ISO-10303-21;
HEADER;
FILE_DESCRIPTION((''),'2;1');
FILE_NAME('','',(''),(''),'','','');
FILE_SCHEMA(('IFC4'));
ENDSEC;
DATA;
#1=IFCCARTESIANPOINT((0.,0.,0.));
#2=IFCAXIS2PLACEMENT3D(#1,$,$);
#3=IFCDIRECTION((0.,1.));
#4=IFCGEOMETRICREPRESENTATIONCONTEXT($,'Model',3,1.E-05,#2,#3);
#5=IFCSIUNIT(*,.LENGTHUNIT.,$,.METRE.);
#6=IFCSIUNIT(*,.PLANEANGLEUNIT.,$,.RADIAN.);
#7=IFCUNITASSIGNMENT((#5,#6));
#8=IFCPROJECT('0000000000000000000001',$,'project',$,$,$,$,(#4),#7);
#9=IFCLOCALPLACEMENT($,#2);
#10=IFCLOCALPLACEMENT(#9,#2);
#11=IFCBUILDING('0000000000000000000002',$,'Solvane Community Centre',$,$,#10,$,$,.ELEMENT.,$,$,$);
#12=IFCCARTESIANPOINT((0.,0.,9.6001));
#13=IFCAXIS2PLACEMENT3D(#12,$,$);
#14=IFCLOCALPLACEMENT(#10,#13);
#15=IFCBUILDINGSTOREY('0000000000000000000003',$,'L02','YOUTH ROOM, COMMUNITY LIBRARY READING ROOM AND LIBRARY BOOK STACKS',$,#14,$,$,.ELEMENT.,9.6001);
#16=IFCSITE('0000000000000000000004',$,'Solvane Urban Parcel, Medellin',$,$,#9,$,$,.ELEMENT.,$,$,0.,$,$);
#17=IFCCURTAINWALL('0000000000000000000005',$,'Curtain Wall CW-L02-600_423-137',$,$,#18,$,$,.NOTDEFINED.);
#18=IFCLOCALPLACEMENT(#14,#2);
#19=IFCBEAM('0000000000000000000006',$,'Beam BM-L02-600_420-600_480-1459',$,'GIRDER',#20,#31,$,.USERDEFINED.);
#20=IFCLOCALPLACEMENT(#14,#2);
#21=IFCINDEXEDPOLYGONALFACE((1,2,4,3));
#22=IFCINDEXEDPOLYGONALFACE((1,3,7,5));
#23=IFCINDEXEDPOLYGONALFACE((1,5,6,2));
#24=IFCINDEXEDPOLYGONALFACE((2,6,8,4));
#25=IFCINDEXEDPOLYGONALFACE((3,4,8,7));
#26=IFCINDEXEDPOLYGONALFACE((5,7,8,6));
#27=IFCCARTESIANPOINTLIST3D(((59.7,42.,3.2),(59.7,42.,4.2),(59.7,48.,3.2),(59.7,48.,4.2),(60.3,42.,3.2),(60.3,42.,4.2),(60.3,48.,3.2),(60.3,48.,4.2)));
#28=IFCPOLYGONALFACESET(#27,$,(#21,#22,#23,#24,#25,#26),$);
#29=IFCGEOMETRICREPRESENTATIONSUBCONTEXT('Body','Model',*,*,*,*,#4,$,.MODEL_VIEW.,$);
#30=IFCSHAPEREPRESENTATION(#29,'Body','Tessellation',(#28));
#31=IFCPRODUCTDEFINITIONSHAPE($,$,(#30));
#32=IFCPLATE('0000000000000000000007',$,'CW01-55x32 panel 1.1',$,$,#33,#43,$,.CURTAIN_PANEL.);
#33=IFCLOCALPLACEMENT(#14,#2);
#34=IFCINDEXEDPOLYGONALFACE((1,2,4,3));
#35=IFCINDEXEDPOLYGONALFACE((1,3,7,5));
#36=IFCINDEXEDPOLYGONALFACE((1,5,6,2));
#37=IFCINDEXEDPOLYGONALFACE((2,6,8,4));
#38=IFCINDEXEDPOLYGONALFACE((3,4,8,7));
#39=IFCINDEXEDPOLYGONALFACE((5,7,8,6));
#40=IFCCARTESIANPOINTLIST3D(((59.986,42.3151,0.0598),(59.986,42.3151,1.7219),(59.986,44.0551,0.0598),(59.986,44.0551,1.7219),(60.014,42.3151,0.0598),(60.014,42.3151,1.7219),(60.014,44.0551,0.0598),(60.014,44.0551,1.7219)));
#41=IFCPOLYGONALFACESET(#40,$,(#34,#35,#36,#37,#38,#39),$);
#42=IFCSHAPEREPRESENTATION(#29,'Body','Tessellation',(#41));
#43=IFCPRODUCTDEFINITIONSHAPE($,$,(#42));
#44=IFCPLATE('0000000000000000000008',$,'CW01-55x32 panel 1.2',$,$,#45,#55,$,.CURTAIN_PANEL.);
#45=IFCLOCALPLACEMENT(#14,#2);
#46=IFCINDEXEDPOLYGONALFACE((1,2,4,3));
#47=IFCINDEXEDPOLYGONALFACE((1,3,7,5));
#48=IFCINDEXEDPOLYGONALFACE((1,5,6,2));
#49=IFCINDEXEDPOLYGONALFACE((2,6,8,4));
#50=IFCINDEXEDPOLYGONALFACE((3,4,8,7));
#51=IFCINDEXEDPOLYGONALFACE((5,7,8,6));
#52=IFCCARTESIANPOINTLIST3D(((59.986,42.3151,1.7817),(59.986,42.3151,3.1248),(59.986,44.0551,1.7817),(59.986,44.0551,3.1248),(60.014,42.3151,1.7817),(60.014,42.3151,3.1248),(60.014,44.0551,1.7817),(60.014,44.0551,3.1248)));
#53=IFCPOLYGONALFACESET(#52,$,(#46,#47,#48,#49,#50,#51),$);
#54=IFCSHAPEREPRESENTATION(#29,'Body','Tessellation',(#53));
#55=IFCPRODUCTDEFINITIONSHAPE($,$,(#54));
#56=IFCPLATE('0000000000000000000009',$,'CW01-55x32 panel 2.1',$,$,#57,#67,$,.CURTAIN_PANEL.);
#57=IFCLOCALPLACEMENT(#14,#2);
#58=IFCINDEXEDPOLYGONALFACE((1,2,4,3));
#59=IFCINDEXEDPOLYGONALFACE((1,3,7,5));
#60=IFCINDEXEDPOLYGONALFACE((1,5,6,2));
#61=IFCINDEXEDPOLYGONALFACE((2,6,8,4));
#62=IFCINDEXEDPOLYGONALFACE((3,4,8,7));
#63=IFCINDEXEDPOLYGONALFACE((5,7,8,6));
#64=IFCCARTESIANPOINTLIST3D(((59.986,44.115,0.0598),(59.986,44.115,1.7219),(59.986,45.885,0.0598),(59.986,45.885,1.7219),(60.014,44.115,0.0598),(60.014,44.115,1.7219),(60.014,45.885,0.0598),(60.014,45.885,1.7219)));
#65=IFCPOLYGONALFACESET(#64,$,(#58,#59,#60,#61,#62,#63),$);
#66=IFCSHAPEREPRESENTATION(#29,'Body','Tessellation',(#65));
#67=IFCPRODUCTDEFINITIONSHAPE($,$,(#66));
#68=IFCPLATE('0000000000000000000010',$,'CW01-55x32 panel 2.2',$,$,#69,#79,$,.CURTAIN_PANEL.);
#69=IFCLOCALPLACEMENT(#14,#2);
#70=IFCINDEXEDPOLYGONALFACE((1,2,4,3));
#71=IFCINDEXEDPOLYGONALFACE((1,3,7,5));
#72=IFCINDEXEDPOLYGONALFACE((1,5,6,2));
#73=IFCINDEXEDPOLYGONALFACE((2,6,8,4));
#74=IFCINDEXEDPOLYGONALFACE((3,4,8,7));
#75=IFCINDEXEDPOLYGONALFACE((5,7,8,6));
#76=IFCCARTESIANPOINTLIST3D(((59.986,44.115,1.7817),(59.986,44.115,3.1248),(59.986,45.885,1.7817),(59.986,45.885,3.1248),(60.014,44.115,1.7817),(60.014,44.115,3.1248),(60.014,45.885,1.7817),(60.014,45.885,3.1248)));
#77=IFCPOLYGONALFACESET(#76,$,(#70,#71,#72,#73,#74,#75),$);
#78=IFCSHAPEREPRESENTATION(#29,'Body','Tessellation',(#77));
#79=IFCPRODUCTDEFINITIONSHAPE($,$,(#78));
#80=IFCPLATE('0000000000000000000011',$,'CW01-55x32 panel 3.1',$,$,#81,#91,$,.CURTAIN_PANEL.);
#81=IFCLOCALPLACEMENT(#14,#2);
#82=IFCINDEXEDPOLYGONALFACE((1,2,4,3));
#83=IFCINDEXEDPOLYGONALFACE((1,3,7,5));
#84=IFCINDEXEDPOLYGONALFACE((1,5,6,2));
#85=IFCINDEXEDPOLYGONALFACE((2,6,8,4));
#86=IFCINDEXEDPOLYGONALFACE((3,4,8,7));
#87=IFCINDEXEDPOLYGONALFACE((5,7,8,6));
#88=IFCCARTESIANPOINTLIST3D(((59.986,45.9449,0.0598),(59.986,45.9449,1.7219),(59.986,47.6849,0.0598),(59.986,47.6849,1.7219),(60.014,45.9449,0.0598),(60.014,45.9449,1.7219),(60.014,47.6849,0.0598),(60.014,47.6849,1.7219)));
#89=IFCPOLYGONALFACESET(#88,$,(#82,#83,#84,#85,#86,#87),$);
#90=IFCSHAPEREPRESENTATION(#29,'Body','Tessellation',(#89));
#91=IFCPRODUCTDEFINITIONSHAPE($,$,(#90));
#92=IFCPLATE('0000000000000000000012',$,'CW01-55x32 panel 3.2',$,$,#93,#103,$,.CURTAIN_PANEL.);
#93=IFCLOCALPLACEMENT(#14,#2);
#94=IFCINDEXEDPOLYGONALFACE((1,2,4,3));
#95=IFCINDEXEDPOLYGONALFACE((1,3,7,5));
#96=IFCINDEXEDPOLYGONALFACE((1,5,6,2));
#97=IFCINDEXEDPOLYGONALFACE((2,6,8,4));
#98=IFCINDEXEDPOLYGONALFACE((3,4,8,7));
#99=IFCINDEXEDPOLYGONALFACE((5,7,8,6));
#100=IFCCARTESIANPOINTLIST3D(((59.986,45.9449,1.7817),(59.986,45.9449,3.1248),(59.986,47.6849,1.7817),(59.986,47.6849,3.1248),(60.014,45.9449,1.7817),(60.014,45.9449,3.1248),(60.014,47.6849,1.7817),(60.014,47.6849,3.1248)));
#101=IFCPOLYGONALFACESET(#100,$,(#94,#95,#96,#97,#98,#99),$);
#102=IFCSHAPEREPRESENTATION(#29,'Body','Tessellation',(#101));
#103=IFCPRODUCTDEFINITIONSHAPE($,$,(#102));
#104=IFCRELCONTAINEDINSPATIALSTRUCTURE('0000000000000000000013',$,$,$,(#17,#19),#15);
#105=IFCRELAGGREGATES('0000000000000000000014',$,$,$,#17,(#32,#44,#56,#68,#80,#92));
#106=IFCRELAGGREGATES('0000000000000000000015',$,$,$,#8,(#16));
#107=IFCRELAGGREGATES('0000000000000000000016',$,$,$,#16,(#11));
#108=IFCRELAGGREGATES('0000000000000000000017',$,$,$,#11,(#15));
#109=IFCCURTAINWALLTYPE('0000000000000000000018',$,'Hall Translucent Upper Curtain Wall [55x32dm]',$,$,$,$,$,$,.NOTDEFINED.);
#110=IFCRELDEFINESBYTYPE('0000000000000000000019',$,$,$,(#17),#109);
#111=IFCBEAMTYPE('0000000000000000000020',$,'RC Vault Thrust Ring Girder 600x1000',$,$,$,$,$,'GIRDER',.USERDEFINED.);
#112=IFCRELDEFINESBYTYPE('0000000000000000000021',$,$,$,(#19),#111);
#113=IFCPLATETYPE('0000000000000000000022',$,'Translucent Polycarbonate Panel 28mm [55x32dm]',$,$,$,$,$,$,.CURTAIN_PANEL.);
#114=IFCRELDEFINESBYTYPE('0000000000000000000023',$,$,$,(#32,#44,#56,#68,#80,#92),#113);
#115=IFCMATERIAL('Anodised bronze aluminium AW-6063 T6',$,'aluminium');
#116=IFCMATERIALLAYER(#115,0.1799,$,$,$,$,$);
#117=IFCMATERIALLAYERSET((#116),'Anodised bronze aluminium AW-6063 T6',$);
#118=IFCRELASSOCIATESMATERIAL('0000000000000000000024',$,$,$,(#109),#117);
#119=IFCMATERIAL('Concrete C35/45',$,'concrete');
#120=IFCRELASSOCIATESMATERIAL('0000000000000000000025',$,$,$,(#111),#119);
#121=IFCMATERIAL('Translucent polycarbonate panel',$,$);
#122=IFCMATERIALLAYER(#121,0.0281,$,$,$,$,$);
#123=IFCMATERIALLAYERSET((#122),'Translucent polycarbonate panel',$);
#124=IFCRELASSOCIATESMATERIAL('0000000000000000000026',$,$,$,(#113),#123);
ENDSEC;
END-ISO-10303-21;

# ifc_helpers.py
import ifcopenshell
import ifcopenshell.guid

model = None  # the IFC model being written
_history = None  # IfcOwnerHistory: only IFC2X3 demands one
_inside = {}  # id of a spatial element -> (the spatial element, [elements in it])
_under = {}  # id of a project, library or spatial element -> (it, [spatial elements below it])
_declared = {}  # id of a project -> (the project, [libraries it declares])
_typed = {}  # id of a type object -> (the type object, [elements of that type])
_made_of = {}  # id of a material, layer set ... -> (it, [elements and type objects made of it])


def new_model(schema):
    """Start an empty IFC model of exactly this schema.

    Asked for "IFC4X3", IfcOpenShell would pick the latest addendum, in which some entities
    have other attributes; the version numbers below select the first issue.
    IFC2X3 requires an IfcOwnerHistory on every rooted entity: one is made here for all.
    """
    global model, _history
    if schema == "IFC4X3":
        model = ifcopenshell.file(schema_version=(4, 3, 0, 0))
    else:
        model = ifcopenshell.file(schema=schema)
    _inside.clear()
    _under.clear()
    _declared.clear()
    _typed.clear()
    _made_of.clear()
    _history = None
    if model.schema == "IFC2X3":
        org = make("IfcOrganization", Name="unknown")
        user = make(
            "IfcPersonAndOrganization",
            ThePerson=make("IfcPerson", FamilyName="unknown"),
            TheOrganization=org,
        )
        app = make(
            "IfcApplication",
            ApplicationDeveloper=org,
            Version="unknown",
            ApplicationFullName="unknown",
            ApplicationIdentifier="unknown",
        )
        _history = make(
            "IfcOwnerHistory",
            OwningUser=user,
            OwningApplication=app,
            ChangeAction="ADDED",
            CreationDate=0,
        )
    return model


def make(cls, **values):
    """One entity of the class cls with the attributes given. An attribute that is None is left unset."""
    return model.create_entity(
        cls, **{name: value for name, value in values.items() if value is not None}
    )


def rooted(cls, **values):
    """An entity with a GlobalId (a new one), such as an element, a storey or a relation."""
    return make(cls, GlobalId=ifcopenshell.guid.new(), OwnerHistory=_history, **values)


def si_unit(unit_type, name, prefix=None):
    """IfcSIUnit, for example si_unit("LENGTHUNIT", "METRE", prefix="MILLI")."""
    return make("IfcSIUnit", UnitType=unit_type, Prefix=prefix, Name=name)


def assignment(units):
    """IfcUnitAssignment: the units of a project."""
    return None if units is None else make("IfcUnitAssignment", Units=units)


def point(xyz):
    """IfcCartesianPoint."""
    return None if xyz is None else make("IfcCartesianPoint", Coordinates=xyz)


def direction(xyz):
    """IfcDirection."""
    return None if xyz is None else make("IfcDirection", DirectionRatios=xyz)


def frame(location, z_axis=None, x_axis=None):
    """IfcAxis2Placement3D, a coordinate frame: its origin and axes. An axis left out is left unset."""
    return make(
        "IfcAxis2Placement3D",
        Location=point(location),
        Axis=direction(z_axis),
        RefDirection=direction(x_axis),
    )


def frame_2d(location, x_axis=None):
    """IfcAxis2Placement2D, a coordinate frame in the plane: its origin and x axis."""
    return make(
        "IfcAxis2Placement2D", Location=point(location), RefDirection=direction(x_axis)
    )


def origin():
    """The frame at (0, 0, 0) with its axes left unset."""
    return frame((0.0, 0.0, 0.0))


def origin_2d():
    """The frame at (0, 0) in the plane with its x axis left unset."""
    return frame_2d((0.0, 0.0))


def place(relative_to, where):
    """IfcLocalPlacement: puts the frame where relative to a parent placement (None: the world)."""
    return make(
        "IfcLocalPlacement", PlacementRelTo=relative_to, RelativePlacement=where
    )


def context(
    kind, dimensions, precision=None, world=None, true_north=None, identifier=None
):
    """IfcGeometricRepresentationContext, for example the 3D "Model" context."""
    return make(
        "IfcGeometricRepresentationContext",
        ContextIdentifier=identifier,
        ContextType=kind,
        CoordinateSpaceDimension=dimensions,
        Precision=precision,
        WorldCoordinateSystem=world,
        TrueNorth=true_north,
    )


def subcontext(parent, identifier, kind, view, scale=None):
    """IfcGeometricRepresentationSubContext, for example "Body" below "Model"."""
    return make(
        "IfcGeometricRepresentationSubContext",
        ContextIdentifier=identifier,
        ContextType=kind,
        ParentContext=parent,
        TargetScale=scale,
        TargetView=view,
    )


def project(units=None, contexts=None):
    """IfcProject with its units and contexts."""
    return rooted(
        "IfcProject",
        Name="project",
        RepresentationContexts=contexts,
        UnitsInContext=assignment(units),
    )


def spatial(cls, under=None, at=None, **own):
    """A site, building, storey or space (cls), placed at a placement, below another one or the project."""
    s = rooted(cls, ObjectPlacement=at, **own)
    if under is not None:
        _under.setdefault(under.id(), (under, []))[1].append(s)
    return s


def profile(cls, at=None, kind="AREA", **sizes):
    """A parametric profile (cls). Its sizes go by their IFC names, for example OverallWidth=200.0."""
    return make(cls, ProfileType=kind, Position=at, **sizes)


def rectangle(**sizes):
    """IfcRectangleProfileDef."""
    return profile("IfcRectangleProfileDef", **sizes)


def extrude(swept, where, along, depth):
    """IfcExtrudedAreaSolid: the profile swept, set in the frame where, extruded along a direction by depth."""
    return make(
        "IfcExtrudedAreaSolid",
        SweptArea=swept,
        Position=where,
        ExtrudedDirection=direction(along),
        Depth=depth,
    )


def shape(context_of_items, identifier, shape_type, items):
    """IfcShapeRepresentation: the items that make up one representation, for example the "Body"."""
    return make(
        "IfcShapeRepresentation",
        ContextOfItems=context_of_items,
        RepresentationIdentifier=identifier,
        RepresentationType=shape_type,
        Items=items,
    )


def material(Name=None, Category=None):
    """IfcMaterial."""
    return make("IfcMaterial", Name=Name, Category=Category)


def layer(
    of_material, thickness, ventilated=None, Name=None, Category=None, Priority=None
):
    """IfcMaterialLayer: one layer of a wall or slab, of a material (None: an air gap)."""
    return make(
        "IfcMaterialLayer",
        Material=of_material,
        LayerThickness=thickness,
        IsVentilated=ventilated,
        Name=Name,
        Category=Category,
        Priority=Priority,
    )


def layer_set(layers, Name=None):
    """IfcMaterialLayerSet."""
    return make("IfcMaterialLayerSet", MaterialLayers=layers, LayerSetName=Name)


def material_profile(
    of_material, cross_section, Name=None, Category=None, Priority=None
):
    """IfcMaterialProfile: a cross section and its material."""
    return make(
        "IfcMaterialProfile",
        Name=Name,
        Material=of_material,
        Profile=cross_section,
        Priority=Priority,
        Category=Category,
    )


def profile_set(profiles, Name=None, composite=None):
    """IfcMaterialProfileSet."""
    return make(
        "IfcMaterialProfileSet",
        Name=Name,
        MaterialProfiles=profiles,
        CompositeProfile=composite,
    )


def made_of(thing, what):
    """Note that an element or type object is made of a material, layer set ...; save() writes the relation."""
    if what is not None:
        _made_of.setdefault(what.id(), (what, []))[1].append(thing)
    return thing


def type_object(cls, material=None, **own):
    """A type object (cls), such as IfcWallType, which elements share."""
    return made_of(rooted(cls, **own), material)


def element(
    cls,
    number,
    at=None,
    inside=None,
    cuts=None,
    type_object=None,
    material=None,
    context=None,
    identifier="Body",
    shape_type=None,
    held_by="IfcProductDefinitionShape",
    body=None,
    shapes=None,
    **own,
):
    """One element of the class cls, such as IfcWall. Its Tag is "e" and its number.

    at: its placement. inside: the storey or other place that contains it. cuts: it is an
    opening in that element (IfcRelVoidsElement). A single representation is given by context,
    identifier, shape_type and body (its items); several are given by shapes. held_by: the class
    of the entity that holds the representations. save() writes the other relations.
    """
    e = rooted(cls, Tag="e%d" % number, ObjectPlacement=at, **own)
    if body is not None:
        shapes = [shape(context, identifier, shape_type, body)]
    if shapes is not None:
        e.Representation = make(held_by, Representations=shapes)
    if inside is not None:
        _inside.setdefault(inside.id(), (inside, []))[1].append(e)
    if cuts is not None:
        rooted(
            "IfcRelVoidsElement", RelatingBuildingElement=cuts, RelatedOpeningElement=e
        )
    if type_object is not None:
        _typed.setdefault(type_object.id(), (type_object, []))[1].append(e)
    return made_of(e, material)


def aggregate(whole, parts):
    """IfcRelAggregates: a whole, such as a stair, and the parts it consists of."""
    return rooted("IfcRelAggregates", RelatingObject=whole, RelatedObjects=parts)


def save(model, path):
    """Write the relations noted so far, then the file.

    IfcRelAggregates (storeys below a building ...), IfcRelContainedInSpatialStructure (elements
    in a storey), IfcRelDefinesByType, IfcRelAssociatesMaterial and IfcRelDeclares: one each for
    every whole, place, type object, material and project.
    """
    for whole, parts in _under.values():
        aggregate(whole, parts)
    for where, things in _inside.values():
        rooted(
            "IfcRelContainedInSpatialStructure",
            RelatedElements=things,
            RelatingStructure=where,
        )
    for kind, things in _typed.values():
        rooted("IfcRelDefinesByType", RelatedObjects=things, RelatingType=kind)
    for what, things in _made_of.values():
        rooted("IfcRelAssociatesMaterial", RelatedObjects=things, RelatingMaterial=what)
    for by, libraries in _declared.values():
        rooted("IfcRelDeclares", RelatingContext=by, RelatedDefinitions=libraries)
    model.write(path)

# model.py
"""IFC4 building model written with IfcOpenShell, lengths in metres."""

from ifc_helpers import new_model, si_unit, direction, frame, origin, origin_2d, place, context, subcontext, project, spatial, rectangle, extrude, material, layer, layer_set, material_profile, profile_set, type_object, element, aggregate, save


model = new_model("IFC4")

# Units and contexts
model_context = context("Model", 3, precision=1e-05, world=origin(), true_north=direction((0.0, 1.0)))
body_context = subcontext(model_context, "Body", "Model", "MODEL_VIEW")
ifc_project = project(units=[si_unit("LENGTHUNIT", "METRE"), si_unit("PLANEANGLEUNIT", "RADIAN")], contexts=[model_context])

# Site, building, storey
site_placement = place(None, origin())
site = spatial("IfcSite", under=ifc_project, at=site_placement, Name="Solvane Urban Parcel, Medellin", CompositionType="ELEMENT", RefElevation=0.0)
building_placement = place(site_placement, origin())
building = spatial("IfcBuilding", under=site, at=building_placement, Name="Solvane Community Centre", CompositionType="ELEMENT")
storey_placement = place(building_placement, frame((0.0, 0.0, 9.6001)))
storey = spatial("IfcBuildingStorey", under=building, at=storey_placement, Name="L02", Description="YOUTH ROOM, COMMUNITY LIBRARY READING ROOM AND LIBRARY BOOK STACKS", CompositionType="ELEMENT", Elevation=9.6001)

# Curtain wall
ifc_material_1 = material(Name="Anodised bronze aluminium AW-6063 T6", Category="aluminium")
ifc_layer_1 = layer(ifc_material_1, 0.1799)
ifc_layer_set_1 = layer_set([ifc_layer_1], Name="Anodised bronze aluminium AW-6063 T6")
curtain_wall_type = type_object("IfcCurtainWallType", Name="Hall Translucent Upper Curtain Wall [55x32dm]", PredefinedType="NOTDEFINED", material=ifc_layer_set_1)
curtain_wall_placement = place(storey_placement, origin())
curtain_wall = element("IfcCurtainWall", 1, at=curtain_wall_placement, inside=storey, type_object=curtain_wall_type, Name="Curtain Wall CW-L02-600_423-137", PredefinedType="NOTDEFINED")

# Beam
ifc_material_2 = material(Name="Concrete C35/45", Category="concrete")
ifc_material_profile_1 = material_profile(ifc_material_2, rectangle(XDim=0.6001, YDim=1.0, at=origin_2d()), Name="RC 600x1000")
ifc_profile_set_1 = profile_set([ifc_material_profile_1], Name="Concrete C35/45")
beam_type = type_object("IfcBeamType", Name="RC Vault Thrust Ring Girder 600x1000", ElementType="GIRDER", PredefinedType="USERDEFINED", material=ifc_profile_set_1)
beam_placement = place(storey_placement, frame((60.0, 42.0, 3.7), z_axis=(0.0, 1.0, 0.0), x_axis=(-1.0, 0.0, 0.0)))
element("IfcBeam", 2, at=beam_placement, inside=storey, type_object=beam_type, Name="Beam BM-L02-600_420-600_480-1459", ObjectType="GIRDER", PredefinedType="USERDEFINED", context=body_context, shape_type="SweptSolid", body=[
    extrude(rectangle(XDim=0.6001, YDim=1.0, at=origin_2d()), origin(), (0.0, 0.0, 1.0), 6.0),
])

# Plates
ifc_material_3 = material(Name="Translucent polycarbonate panel")
ifc_layer_2 = layer(ifc_material_3, 0.0281)
ifc_layer_set_2 = layer_set([ifc_layer_2], Name="Translucent polycarbonate panel")
plate_type = type_object("IfcPlateType", Name="Translucent Polycarbonate Panel 28mm [55x32dm]", PredefinedType="CURTAIN_PANEL", material=ifc_layer_set_2)
plate_1_placement = place(storey_placement, frame((60.0, 43.1851, 0.0598), z_axis=(0.0, 0.0, 1.0), x_axis=(0.0, 1.0, 0.0)))
plate_1 = element("IfcPlate", 3, at=plate_1_placement, type_object=plate_type, Name="CW01-55x32 panel 1.1", PredefinedType="CURTAIN_PANEL", context=body_context, shape_type="SweptSolid", body=[
    extrude(rectangle(XDim=1.74, YDim=0.0281, at=origin_2d()), origin(), (0.0, 0.0, 1.0), 1.6621),
])
plate_2_placement = place(storey_placement, frame((60.0, 43.1851, 1.7817), z_axis=(0.0, 0.0, 1.0), x_axis=(0.0, 1.0, 0.0)))
plate_2 = element("IfcPlate", 4, at=plate_2_placement, type_object=plate_type, Name="CW01-55x32 panel 1.2", PredefinedType="CURTAIN_PANEL", context=body_context, shape_type="SweptSolid", body=[
    extrude(rectangle(XDim=1.74, YDim=0.0281, at=origin_2d()), origin(), (0.0, 0.0, 1.0), 1.343),
])
plate_3_placement = place(storey_placement, frame((60.0, 45.0, 0.0598), z_axis=(0.0, 0.0, 1.0), x_axis=(0.0, 1.0, 0.0)))
plate_3 = element("IfcPlate", 5, at=plate_3_placement, type_object=plate_type, Name="CW01-55x32 panel 2.1", PredefinedType="CURTAIN_PANEL", context=body_context, shape_type="SweptSolid", body=[
    extrude(rectangle(XDim=1.77, YDim=0.0281, at=origin_2d()), origin(), (0.0, 0.0, 1.0), 1.6621),
])
plate_4_placement = place(storey_placement, frame((60.0, 45.0, 1.7817), z_axis=(0.0, 0.0, 1.0), x_axis=(0.0, 1.0, 0.0)))
plate_4 = element("IfcPlate", 6, at=plate_4_placement, type_object=plate_type, Name="CW01-55x32 panel 2.2", PredefinedType="CURTAIN_PANEL", context=body_context, shape_type="SweptSolid", body=[
    extrude(rectangle(XDim=1.77, YDim=0.0281, at=origin_2d()), origin(), (0.0, 0.0, 1.0), 1.343),
])
plate_5_placement = place(storey_placement, frame((60.0, 46.8149, 0.0598), z_axis=(0.0, 0.0, 1.0), x_axis=(0.0, 1.0, 0.0)))
plate_5 = element("IfcPlate", 7, at=plate_5_placement, type_object=plate_type, Name="CW01-55x32 panel 3.1", PredefinedType="CURTAIN_PANEL", context=body_context, shape_type="SweptSolid", body=[
    extrude(rectangle(XDim=1.74, YDim=0.0281, at=origin_2d()), origin(), (0.0, 0.0, 1.0), 1.6621),
])
plate_6_placement = place(storey_placement, frame((60.0, 46.8149, 1.7817), z_axis=(0.0, 0.0, 1.0), x_axis=(0.0, 1.0, 0.0)))
plate_6 = element("IfcPlate", 8, at=plate_6_placement, type_object=plate_type, Name="CW01-55x32 panel 3.2", PredefinedType="CURTAIN_PANEL", context=body_context, shape_type="SweptSolid", body=[
    extrude(rectangle(XDim=1.74, YDim=0.0281, at=origin_2d()), origin(), (0.0, 0.0, 1.0), 1.343),
])
aggregate(curtain_wall, [plate_1, plate_2, plate_3, plate_4, plate_5, plate_6])

save(model, "model.ifc")
